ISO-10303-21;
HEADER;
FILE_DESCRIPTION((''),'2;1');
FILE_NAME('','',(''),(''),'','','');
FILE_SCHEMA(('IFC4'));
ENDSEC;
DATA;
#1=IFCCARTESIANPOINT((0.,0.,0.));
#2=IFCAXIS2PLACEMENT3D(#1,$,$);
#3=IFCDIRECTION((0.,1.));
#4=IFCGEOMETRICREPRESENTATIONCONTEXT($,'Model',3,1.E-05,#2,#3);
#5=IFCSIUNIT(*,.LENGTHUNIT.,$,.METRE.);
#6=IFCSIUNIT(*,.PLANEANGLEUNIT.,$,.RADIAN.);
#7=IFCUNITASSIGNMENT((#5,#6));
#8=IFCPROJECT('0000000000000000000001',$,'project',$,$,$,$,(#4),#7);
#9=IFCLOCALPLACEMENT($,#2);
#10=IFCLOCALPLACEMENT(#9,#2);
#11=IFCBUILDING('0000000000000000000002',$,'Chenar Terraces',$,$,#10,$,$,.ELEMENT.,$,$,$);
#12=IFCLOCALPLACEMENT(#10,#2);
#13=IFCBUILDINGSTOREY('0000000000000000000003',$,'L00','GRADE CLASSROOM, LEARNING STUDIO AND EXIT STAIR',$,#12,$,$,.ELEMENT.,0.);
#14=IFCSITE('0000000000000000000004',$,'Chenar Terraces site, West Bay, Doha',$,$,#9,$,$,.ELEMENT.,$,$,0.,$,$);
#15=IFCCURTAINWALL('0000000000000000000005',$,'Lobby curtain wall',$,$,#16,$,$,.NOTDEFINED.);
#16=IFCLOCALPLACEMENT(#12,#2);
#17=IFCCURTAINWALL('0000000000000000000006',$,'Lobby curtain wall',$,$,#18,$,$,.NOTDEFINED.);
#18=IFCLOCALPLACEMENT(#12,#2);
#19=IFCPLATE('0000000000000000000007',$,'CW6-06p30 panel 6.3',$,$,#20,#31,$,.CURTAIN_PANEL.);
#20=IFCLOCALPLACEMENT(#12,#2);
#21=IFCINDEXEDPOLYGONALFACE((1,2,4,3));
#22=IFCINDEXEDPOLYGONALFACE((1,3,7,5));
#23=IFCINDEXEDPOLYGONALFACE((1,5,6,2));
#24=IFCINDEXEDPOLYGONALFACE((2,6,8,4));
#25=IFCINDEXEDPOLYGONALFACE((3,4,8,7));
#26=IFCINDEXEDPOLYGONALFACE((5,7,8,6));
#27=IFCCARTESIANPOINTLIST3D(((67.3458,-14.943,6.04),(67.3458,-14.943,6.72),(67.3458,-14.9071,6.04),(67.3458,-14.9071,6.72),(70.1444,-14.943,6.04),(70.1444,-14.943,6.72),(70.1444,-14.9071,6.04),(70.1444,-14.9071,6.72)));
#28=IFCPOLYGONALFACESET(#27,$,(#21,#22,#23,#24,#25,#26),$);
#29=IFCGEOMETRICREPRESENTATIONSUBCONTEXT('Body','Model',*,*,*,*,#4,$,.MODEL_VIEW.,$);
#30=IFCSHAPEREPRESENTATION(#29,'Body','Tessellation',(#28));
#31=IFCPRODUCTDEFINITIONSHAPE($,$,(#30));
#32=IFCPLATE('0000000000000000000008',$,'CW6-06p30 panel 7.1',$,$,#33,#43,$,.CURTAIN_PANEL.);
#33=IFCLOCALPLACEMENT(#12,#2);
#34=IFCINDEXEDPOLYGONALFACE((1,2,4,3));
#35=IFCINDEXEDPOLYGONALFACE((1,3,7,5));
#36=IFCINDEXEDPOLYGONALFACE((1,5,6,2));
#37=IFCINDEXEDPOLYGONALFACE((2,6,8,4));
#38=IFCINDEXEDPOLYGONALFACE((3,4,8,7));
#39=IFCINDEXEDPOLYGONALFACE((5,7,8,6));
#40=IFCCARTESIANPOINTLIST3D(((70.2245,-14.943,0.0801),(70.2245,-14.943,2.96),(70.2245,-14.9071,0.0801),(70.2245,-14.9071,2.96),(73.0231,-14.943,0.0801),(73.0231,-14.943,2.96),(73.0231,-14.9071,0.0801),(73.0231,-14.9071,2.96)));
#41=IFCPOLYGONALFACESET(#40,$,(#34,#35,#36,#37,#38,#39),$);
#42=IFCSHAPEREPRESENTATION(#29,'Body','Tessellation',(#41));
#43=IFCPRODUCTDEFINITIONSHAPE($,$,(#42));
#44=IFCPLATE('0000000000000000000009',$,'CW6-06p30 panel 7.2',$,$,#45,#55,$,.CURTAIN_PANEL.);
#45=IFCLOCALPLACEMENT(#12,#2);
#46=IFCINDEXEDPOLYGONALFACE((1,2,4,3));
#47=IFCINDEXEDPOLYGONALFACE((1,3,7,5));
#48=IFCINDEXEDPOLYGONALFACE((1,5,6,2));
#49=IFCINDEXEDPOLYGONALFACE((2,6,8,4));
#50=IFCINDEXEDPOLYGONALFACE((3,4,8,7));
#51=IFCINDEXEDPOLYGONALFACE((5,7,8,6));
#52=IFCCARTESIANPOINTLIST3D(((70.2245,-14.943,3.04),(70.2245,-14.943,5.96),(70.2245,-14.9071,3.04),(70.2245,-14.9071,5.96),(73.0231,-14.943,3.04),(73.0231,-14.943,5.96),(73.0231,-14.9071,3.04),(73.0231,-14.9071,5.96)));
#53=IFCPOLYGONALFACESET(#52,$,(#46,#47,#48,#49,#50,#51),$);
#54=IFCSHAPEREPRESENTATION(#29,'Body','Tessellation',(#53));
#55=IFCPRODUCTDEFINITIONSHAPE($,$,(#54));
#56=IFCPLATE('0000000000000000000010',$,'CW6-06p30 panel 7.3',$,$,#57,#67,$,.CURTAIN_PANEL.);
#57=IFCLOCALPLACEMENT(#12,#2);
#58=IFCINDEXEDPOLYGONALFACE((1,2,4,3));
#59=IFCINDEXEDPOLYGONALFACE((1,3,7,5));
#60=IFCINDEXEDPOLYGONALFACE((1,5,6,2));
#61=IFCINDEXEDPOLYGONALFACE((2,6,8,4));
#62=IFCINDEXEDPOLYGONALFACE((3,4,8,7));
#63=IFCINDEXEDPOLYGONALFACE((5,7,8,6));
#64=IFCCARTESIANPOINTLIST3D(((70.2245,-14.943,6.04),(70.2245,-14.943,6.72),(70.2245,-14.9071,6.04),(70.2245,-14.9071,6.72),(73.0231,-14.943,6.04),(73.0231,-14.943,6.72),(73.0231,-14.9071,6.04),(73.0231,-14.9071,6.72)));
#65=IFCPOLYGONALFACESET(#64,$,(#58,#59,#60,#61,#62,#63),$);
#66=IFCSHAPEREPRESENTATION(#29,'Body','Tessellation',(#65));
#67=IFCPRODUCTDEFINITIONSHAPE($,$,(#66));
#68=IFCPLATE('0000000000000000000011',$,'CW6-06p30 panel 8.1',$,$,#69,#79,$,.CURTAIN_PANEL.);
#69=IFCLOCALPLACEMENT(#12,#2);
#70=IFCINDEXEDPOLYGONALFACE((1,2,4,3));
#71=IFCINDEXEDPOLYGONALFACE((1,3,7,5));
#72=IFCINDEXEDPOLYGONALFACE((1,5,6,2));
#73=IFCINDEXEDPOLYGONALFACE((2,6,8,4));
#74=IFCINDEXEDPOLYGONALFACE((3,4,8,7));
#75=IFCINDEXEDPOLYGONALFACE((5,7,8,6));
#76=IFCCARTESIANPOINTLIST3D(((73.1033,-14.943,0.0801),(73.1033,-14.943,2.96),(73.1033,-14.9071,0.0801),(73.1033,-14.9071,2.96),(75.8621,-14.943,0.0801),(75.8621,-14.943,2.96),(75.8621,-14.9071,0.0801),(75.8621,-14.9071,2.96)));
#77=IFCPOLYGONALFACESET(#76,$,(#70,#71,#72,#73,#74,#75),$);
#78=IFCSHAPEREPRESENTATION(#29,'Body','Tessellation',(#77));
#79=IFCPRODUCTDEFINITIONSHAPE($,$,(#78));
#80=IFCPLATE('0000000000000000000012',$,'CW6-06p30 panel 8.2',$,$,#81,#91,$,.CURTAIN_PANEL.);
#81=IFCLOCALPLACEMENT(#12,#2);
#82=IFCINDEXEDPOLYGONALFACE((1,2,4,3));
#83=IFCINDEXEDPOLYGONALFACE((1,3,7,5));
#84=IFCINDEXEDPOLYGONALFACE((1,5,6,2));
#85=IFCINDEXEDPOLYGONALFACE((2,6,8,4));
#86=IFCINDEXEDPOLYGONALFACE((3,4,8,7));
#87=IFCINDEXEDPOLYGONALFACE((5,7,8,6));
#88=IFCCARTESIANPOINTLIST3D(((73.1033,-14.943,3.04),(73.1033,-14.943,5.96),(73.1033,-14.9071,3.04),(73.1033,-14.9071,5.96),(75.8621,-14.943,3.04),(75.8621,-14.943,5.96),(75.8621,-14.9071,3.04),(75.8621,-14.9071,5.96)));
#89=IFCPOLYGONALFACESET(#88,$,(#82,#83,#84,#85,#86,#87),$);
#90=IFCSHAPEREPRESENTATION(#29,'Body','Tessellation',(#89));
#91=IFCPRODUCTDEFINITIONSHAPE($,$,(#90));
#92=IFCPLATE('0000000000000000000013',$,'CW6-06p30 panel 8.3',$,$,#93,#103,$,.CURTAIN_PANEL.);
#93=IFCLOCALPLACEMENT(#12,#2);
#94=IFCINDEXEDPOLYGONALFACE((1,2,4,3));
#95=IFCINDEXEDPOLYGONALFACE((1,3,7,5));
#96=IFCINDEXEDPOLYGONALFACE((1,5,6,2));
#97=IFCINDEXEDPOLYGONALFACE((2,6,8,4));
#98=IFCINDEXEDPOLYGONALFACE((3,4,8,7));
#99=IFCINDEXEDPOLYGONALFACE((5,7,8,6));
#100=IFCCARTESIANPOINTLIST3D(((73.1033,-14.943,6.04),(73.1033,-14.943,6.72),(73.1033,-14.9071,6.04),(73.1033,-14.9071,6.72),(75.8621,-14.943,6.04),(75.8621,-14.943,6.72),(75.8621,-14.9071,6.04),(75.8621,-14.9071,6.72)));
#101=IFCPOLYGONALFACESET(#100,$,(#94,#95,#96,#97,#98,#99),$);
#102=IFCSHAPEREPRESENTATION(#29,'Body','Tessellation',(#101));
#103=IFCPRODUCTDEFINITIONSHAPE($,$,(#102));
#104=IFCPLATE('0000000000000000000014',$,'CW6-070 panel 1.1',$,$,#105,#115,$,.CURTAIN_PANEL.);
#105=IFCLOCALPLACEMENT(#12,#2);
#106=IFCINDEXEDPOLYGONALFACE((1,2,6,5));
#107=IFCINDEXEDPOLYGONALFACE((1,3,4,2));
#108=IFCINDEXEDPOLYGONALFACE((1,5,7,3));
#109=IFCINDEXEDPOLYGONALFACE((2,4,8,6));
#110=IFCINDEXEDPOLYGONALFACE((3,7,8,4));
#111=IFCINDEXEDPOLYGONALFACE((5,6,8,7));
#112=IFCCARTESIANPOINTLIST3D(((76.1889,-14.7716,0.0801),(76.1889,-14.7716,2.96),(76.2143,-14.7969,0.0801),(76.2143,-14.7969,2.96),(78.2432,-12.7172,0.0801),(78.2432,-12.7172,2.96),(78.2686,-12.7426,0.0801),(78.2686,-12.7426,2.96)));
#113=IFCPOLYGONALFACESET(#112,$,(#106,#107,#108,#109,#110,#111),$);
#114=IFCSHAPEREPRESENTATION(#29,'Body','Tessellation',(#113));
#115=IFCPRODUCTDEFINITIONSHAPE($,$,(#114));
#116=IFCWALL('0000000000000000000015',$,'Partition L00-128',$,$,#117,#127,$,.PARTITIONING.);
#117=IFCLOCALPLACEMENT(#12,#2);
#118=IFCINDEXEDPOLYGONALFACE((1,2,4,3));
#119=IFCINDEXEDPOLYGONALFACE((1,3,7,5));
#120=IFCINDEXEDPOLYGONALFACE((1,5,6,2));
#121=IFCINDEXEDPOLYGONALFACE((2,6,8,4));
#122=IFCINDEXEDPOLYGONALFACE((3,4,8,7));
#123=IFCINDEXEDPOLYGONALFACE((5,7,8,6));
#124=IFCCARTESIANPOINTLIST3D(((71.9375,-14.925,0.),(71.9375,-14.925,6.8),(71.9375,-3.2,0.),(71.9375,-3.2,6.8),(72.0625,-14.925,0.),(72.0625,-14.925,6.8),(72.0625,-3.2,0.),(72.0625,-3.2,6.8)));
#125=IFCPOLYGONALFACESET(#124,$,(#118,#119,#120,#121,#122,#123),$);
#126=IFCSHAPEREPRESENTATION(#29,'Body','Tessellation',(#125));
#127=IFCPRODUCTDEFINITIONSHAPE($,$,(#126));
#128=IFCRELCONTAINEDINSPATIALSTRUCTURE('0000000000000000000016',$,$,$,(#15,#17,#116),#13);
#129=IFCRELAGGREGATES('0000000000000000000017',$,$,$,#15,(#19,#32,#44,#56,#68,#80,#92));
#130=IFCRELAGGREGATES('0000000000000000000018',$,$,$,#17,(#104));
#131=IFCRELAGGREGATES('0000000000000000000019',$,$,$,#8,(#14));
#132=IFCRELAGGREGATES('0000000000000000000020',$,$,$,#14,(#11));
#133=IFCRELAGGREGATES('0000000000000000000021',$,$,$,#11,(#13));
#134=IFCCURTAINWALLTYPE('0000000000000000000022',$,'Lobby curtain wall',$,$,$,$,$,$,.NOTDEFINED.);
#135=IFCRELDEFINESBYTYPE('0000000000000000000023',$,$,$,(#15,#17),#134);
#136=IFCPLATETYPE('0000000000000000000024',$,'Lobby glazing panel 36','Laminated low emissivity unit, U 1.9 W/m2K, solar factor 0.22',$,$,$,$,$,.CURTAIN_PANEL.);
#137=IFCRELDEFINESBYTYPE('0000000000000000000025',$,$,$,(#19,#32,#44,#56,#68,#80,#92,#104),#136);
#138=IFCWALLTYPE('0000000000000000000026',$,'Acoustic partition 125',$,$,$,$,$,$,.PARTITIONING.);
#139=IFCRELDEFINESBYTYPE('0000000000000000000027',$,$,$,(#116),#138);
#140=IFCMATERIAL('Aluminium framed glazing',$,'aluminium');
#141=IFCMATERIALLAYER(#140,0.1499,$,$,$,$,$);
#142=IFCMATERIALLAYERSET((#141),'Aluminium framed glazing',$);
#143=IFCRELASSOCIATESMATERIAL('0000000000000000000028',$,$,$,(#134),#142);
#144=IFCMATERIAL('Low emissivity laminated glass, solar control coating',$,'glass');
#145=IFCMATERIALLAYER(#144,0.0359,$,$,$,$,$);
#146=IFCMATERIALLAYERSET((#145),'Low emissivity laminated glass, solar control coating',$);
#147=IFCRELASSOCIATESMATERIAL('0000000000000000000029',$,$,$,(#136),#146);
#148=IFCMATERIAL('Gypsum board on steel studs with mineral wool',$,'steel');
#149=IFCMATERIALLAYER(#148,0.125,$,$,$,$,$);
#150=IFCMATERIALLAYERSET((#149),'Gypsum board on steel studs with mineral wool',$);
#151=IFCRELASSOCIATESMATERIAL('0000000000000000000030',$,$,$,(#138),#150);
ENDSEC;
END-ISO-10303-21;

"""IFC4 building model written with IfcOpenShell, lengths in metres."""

from ifc_helpers import new_model, si_unit, direction, frame, frame_2d, origin, origin_2d, place, context, subcontext, project, spatial, rectangle, extrude, material, layer, layer_set, type_object, element, aggregate, save


model = new_model("IFC4")

# Units and contexts
model_context = context("Model", 3, precision=1e-05, world=origin(), true_north=direction((0.0, 1.0)))
body_context = subcontext(model_context, "Body", "Model", "MODEL_VIEW")
ifc_project = project(units=[si_unit("LENGTHUNIT", "METRE"), si_unit("PLANEANGLEUNIT", "RADIAN")], contexts=[model_context])

# Site, building, storey
site_placement = place(None, origin())
site = spatial("IfcSite", under=ifc_project, at=site_placement, Name="Chenar Terraces site, West Bay, Doha", CompositionType="ELEMENT", RefElevation=0.0)
building_placement = place(site_placement, origin())
building = spatial("IfcBuilding", under=site, at=building_placement, Name="Chenar Terraces", CompositionType="ELEMENT")
storey_placement = place(building_placement, origin())
storey = spatial("IfcBuildingStorey", under=building, at=storey_placement, Name="L00", Description="GRADE CLASSROOM, LEARNING STUDIO AND EXIT STAIR", CompositionType="ELEMENT", Elevation=0.0)

# Curtain wall
ifc_material_1 = material(Name="Aluminium framed glazing", Category="aluminium")
ifc_layer_1 = layer(ifc_material_1, 0.1499)
ifc_layer_set_1 = layer_set([ifc_layer_1], Name="Aluminium framed glazing")
curtain_wall_type = type_object("IfcCurtainWallType", Name="Lobby curtain wall", PredefinedType="NOTDEFINED", material=ifc_layer_set_1)
placement = place(storey_placement, origin())
curtain_wall_1 = element("IfcCurtainWall", 1, at=placement, inside=storey, type_object=curtain_wall_type, Name="Lobby curtain wall", PredefinedType="NOTDEFINED")

# Curtain wall
curtain_wall_2 = element("IfcCurtainWall", 2, at=placement, inside=storey, type_object=curtain_wall_type, Name="Lobby curtain wall", PredefinedType="NOTDEFINED")

# Plates
ifc_material_2 = material(Name="Low emissivity laminated glass, solar control coating", Category="glass")
ifc_layer_2 = layer(ifc_material_2, 0.0359)
ifc_layer_set_2 = layer_set([ifc_layer_2], Name="Low emissivity laminated glass, solar control coating")
plate_type = type_object("IfcPlateType", Name="Lobby glazing panel 36", Description="Laminated low emissivity unit, U 1.9 W/m2K, solar factor 0.22", PredefinedType="CURTAIN_PANEL", material=ifc_layer_set_2)
plate_1_placement = place(storey_placement, frame((68.7451, -14.925, 6.04), z_axis=(0.0, 0.0, 1.0), x_axis=(1.0, 0.0, 0.0)))
plate_1 = element("IfcPlate", 3, at=plate_1_placement, type_object=plate_type, Name="CW6-06p30 panel 6.3", PredefinedType="CURTAIN_PANEL", context=body_context, shape_type="SweptSolid", body=[
    extrude(rectangle(XDim=2.7986, YDim=0.0359, at=origin_2d()), origin(), (0.0, 0.0, 1.0), 0.6799),
])
plate_2_placement = place(storey_placement, frame((71.6238, -14.925, 0.0801), z_axis=(0.0, 0.0, 1.0), x_axis=(1.0, 0.0, 0.0)))
plate_2 = element("IfcPlate", 4, at=plate_2_placement, type_object=plate_type, Name="CW6-06p30 panel 7.1", PredefinedType="CURTAIN_PANEL", context=body_context, shape_type="SweptSolid", body=[
    extrude(rectangle(XDim=2.7986, YDim=0.0359, at=origin_2d()), origin(), (0.0, 0.0, 1.0), 2.8799),
])
plate_3_placement = place(storey_placement, frame((71.6238, -14.925, 3.04), z_axis=(0.0, 0.0, 1.0), x_axis=(1.0, 0.0, 0.0)))
plate_3 = element("IfcPlate", 5, at=plate_3_placement, type_object=plate_type, Name="CW6-06p30 panel 7.2", PredefinedType="CURTAIN_PANEL", context=body_context, shape_type="SweptSolid", body=[
    extrude(rectangle(XDim=2.7986, YDim=0.0359, at=origin_2d()), origin(), (0.0, 0.0, 1.0), 2.9199),
])
plate_4_placement = place(storey_placement, frame((71.6238, -14.925, 6.04), z_axis=(0.0, 0.0, 1.0), x_axis=(1.0, 0.0, 0.0)))
plate_4 = element("IfcPlate", 6, at=plate_4_placement, type_object=plate_type, Name="CW6-06p30 panel 7.3", PredefinedType="CURTAIN_PANEL", context=body_context, shape_type="SweptSolid", body=[
    extrude(rectangle(XDim=2.7986, YDim=0.0359, at=origin_2d()), origin(), (0.0, 0.0, 1.0), 0.6799),
])
plate_5_placement = place(storey_placement, frame((74.4827, -14.925, 0.0801), z_axis=(0.0, 0.0, 1.0), x_axis=(1.0, 0.0, 0.0)))
plate_5 = element("IfcPlate", 7, at=plate_5_placement, type_object=plate_type, Name="CW6-06p30 panel 8.1", PredefinedType="CURTAIN_PANEL", context=body_context, shape_type="SweptSolid", body=[
    extrude(rectangle(XDim=2.7588, YDim=0.0359, at=origin_2d()), origin(), (0.0, 0.0, 1.0), 2.8799),
])
plate_6_placement = place(storey_placement, frame((74.4827, -14.925, 3.04), z_axis=(0.0, 0.0, 1.0), x_axis=(1.0, 0.0, 0.0)))
plate_6 = element("IfcPlate", 8, at=plate_6_placement, type_object=plate_type, Name="CW6-06p30 panel 8.2", PredefinedType="CURTAIN_PANEL", context=body_context, shape_type="SweptSolid", body=[
    extrude(rectangle(XDim=2.7588, YDim=0.0359, at=origin_2d()), origin(), (0.0, 0.0, 1.0), 2.9199),
])
plate_7_placement = place(storey_placement, frame((74.4827, -14.925, 6.04), z_axis=(0.0, 0.0, 1.0), x_axis=(1.0, 0.0, 0.0)))
plate_7 = element("IfcPlate", 9, at=plate_7_placement, type_object=plate_type, Name="CW6-06p30 panel 8.3", PredefinedType="CURTAIN_PANEL", context=body_context, shape_type="SweptSolid", body=[
    extrude(rectangle(XDim=2.7588, YDim=0.0359, at=origin_2d()), origin(), (0.0, 0.0, 1.0), 0.6799),
])
aggregate(curtain_wall_1, [plate_1, plate_2, plate_3, plate_4, plate_5, plate_6, plate_7])
plate_8_placement = place(storey_placement, frame((77.2288, -13.7571, 0.0801), z_axis=(0.0, 0.0, 1.0), x_axis=(0.707107, 0.707107, 0.0)))
plate_8 = element("IfcPlate", 10, at=plate_8_placement, type_object=plate_type, Name="CW6-070 panel 1.1", PredefinedType="CURTAIN_PANEL", context=body_context, shape_type="SweptSolid", body=[
    extrude(rectangle(XDim=2.9053, YDim=0.0359, at=origin_2d()), origin(), (0.0, 0.0, 1.0), 2.8799),
])
aggregate(curtain_wall_2, [plate_8])

# Wall
ifc_material_3 = material(Name="Gypsum board on steel studs with mineral wool", Category="steel")
ifc_layer_3 = layer(ifc_material_3, 0.125)
ifc_layer_set_3 = layer_set([ifc_layer_3], Name="Gypsum board on steel studs with mineral wool")
wall_type = type_object("IfcWallType", Name="Acoustic partition 125", PredefinedType="PARTITIONING", material=ifc_layer_set_3)
wall_placement = place(storey_placement, frame((72.0, -14.925, 0.0), z_axis=(0.0, 0.0, 1.0), x_axis=(0.0, 1.0, 0.0)))
element("IfcWall", 11, at=wall_placement, inside=storey, type_object=wall_type, Name="Partition L00-128", PredefinedType="PARTITIONING", context=body_context, shape_type="SweptSolid", body=[
    extrude(rectangle(XDim=11.7251, YDim=0.125, at=frame_2d((5.8625, 0.0))), origin(), (0.0, 0.0, 1.0), 6.8),
])

save(model, "model.ifc")
